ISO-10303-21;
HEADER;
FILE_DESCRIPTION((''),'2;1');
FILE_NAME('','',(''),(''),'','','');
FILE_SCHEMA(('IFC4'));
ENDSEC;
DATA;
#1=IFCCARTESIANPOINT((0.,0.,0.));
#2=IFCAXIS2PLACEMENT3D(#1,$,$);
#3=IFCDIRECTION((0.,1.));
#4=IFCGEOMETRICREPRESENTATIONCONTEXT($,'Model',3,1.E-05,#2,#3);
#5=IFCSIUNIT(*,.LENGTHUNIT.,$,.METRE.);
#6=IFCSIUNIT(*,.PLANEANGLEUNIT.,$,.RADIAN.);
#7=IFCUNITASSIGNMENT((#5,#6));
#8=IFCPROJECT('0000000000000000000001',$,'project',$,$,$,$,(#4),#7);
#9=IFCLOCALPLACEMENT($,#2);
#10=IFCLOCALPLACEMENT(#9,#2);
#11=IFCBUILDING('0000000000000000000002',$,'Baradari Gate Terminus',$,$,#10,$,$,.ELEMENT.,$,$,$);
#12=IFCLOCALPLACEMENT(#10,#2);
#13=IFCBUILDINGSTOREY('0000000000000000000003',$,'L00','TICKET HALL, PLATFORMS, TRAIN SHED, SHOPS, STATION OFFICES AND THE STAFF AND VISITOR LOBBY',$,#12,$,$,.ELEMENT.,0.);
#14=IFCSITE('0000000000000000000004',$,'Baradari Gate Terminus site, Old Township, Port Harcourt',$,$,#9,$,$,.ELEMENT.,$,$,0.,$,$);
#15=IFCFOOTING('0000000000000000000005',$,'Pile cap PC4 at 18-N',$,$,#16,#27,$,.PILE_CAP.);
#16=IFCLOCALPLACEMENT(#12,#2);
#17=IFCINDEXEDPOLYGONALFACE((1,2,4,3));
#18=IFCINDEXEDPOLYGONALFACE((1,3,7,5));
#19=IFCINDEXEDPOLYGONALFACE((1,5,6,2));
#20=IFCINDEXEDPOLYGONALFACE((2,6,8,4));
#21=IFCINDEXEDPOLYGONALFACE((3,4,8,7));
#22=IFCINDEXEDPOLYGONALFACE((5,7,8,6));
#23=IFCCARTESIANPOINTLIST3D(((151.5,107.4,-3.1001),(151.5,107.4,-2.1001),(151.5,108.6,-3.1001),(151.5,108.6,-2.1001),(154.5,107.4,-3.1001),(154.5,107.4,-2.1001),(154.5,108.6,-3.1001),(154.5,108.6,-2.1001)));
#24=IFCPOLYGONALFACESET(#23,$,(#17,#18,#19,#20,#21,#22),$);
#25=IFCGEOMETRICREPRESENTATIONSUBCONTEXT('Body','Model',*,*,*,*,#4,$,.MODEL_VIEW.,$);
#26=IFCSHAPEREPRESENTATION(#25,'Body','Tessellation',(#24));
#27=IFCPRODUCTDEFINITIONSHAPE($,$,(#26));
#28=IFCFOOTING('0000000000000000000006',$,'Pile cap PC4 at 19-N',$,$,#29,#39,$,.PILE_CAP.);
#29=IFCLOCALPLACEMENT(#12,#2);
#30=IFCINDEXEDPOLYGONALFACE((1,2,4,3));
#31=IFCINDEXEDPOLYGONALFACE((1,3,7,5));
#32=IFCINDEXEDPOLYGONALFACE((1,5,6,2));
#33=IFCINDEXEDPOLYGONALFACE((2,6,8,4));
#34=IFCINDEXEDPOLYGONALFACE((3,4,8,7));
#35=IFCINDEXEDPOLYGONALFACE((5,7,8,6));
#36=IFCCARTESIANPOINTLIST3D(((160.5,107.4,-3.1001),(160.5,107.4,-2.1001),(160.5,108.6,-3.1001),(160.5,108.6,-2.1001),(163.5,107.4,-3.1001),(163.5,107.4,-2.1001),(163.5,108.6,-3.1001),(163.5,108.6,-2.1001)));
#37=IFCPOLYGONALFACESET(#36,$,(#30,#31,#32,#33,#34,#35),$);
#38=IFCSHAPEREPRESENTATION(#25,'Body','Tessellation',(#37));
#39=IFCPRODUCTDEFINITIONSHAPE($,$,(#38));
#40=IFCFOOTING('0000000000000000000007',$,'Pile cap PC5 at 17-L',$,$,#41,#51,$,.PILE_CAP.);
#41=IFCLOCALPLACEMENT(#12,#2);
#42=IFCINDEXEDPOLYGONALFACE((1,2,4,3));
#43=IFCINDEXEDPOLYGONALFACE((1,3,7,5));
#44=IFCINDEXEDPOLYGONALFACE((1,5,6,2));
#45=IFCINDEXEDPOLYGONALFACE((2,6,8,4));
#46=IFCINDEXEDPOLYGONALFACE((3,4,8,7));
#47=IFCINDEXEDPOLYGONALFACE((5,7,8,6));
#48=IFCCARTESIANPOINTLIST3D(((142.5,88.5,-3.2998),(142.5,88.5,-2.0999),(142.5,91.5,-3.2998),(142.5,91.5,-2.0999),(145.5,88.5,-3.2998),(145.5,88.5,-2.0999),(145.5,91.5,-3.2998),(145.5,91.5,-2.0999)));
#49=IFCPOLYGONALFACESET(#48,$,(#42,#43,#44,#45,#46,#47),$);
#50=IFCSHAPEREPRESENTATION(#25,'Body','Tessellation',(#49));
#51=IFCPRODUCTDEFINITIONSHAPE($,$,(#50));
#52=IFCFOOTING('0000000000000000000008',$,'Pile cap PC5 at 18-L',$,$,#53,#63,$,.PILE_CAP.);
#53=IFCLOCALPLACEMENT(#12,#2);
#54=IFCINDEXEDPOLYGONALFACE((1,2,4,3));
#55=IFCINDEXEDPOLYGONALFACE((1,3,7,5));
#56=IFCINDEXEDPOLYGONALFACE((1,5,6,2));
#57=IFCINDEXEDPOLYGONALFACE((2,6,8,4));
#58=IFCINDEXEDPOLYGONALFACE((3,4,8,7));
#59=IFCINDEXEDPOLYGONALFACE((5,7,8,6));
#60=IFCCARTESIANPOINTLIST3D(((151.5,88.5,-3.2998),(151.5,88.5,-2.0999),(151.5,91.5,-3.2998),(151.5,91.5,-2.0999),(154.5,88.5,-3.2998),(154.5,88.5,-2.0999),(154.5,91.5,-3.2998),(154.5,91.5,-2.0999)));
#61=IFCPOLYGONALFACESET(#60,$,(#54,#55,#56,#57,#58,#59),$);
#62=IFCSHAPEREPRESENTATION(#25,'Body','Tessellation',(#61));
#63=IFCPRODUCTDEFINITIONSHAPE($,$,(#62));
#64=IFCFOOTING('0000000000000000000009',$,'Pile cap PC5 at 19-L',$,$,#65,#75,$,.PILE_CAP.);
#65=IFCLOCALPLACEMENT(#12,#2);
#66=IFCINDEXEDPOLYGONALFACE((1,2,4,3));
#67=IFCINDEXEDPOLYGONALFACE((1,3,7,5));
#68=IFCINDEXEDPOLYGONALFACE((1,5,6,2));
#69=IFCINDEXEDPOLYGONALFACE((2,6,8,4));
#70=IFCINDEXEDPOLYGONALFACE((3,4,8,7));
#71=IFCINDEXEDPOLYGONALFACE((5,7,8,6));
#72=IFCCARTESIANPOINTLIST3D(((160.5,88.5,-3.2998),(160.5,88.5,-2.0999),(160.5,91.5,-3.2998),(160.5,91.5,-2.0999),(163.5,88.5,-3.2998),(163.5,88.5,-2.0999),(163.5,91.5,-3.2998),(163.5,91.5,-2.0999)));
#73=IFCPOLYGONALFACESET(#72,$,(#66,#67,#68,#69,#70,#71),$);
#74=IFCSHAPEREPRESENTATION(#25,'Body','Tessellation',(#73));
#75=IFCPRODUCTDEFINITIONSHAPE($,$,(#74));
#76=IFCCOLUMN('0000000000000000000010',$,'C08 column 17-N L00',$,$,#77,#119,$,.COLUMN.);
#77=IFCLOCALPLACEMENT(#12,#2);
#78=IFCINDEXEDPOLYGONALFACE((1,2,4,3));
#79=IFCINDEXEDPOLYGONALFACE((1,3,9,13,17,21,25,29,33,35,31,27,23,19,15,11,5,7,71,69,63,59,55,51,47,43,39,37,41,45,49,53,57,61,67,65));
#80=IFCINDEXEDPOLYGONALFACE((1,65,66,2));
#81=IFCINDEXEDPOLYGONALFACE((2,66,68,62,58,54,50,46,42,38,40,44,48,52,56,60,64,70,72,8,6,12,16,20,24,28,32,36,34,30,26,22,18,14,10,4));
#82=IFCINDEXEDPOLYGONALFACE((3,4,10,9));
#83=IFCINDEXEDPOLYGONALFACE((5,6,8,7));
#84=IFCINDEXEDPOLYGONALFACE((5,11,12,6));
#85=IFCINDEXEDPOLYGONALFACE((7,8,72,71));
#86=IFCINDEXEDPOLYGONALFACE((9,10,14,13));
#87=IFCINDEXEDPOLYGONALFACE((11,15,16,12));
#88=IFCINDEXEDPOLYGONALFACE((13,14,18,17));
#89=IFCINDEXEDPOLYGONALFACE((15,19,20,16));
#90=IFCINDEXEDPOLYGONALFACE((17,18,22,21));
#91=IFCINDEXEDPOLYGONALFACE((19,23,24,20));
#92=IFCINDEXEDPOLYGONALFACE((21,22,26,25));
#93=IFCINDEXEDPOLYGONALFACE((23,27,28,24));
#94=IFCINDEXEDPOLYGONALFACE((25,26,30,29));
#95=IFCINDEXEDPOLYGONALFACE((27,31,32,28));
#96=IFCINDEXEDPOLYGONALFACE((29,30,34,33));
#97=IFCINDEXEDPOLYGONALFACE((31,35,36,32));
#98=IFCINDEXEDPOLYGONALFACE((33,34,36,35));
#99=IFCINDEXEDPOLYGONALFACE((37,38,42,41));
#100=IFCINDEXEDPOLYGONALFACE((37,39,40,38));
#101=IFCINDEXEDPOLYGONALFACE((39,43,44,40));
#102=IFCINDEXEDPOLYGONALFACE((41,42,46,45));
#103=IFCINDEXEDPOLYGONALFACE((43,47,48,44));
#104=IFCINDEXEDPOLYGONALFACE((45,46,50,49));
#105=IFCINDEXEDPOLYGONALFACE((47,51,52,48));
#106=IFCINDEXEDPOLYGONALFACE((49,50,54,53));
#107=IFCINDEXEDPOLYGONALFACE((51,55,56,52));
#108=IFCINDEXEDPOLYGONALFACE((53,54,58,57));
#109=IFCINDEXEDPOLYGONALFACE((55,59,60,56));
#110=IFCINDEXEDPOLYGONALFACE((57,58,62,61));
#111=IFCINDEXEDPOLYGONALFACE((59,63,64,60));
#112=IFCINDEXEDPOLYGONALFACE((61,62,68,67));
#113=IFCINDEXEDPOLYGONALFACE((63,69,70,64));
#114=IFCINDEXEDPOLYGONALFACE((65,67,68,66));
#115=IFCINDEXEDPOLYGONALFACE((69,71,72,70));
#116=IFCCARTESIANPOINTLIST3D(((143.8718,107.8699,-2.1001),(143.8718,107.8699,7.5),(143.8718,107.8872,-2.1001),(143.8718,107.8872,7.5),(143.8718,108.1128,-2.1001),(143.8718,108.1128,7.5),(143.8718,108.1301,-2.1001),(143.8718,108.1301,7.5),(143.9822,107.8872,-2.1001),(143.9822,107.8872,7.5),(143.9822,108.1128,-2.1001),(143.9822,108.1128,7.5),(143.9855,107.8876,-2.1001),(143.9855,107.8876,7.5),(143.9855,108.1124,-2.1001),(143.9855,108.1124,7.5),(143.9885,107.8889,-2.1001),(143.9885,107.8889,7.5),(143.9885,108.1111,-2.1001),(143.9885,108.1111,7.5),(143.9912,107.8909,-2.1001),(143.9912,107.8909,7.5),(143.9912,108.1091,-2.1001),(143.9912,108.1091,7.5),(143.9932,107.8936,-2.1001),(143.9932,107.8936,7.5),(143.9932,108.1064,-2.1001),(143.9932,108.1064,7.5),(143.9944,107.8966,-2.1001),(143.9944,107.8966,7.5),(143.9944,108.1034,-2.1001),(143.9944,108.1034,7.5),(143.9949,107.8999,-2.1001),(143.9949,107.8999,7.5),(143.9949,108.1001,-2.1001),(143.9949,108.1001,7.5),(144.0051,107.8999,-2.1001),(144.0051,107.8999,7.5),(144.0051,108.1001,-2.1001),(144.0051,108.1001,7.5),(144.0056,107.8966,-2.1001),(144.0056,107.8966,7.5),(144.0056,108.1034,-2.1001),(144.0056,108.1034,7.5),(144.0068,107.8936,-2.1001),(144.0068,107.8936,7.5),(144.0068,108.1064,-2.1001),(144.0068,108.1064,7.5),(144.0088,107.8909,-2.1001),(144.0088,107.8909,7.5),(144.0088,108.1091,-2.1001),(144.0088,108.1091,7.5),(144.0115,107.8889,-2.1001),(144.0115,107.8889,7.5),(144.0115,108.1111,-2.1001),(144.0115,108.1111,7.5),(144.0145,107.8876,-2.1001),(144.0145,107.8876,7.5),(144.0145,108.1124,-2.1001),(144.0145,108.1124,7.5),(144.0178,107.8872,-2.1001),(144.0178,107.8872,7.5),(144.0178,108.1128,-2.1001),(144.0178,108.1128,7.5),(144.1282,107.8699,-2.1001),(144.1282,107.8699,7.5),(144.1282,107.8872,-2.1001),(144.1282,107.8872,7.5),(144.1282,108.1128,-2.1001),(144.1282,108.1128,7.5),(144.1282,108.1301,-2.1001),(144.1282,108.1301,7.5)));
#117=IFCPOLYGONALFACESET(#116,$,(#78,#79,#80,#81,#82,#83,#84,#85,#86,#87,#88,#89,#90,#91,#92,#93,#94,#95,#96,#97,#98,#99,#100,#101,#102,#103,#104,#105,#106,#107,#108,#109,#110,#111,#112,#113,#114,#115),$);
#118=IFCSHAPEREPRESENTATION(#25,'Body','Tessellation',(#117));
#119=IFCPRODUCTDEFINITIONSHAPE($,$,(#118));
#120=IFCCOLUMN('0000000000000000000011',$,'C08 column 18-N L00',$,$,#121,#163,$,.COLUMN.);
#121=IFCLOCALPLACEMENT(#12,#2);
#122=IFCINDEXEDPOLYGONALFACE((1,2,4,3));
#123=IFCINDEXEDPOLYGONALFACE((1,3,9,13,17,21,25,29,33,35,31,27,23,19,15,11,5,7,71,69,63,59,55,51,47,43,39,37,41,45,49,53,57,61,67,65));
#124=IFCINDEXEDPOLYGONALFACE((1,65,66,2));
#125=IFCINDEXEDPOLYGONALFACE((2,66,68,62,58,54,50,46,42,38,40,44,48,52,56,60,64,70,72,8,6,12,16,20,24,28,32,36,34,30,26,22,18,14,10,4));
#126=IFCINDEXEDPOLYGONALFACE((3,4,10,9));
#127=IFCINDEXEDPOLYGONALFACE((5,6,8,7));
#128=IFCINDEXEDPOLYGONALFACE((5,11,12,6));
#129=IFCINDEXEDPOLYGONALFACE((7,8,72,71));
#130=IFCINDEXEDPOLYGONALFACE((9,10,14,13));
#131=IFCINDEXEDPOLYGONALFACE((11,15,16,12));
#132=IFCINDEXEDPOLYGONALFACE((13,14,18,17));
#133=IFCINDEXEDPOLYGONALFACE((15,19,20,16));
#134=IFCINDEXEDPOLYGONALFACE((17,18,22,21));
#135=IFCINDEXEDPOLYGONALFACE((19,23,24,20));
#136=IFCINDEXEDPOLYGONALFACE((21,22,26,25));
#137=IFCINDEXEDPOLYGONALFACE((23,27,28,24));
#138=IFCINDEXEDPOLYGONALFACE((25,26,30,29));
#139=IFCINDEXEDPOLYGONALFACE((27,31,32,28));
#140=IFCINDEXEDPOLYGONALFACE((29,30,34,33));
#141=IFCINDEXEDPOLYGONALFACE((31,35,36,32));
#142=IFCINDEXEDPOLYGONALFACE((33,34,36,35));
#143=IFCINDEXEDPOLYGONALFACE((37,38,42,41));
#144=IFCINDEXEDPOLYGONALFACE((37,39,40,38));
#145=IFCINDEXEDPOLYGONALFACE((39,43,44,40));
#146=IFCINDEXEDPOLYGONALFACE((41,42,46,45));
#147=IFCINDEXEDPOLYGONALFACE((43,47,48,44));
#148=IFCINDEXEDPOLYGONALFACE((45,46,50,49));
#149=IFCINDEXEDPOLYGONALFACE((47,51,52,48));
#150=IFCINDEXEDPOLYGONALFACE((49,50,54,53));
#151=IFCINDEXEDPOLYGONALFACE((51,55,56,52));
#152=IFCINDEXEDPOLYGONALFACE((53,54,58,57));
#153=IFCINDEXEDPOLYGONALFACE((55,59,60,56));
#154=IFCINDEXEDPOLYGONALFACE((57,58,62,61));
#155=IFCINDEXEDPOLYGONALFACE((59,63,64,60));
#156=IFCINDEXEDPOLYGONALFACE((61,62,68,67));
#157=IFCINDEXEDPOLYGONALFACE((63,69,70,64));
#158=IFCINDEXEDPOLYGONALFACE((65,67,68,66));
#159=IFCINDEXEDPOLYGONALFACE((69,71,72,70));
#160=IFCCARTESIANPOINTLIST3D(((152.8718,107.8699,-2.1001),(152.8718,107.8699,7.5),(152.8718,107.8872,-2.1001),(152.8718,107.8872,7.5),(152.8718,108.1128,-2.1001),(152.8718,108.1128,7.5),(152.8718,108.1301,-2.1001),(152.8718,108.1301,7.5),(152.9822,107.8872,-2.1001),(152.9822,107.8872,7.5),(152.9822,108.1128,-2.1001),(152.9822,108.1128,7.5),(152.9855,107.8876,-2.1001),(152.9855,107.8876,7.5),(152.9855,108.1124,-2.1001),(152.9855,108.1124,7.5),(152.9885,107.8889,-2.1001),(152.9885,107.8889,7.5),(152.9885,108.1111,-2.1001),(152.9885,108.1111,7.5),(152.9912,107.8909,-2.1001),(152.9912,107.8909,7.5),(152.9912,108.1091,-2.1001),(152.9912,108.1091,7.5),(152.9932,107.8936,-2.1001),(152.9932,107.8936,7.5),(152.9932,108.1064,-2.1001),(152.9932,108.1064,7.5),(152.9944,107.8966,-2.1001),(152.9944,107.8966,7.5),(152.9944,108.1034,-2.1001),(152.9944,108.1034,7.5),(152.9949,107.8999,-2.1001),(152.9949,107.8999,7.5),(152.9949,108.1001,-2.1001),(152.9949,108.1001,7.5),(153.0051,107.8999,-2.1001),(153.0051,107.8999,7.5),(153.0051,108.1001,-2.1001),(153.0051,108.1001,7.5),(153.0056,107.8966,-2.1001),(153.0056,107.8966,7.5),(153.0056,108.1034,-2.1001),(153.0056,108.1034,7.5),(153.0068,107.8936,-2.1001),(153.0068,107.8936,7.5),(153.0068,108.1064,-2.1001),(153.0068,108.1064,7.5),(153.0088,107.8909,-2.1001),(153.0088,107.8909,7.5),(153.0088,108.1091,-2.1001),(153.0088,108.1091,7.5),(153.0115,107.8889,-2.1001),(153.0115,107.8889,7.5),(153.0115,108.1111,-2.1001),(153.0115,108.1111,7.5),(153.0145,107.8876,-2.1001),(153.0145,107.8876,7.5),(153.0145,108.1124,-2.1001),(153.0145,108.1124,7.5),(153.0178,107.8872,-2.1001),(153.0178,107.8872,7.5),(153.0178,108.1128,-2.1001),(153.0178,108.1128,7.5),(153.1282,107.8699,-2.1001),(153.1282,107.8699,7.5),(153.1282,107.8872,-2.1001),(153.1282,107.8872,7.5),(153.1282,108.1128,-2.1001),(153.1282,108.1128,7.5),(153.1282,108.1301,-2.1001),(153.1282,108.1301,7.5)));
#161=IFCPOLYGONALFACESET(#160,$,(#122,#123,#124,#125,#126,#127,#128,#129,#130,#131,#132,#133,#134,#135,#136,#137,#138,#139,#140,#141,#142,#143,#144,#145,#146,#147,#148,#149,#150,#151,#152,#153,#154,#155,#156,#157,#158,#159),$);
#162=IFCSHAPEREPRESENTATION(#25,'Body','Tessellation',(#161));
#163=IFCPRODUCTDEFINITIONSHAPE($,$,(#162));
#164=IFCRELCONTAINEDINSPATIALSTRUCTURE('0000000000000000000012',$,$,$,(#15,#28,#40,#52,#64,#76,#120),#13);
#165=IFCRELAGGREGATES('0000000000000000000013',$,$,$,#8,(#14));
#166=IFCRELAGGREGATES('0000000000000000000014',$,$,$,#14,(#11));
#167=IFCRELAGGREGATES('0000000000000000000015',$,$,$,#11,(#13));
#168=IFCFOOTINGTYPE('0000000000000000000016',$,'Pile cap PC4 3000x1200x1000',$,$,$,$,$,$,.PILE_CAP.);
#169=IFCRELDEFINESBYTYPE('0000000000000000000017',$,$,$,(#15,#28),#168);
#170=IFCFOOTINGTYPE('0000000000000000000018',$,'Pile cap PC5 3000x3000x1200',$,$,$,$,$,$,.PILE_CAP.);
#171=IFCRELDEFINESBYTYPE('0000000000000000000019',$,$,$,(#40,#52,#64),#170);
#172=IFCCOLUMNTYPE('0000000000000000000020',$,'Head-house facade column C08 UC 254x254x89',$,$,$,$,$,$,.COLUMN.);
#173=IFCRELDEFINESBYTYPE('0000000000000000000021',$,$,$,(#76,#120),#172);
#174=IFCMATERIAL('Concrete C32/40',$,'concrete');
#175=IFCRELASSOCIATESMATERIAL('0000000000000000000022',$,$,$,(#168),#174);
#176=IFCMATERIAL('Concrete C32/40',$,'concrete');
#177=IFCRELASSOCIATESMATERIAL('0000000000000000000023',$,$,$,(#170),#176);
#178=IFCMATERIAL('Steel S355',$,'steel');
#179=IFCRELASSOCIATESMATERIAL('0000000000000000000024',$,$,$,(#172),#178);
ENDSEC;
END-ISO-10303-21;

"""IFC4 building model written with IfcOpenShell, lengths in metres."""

from ifc_helpers import new_model, si_unit, direction, frame, origin, origin_2d, place, context, subcontext, project, spatial, rectangle, i_section, extrude, material, material_profile, profile_set, type_object, element, save


model = new_model("IFC4")

# Units and contexts
model_context = context("Model", 3, precision=1e-05, world=origin(), true_north=direction((0.0, 1.0)))
body_context = subcontext(model_context, "Body", "Model", "MODEL_VIEW")
ifc_project = project(units=[si_unit("LENGTHUNIT", "METRE"), si_unit("PLANEANGLEUNIT", "RADIAN")], contexts=[model_context])

# Site, building, storey
site_placement = place(None, origin())
site = spatial("IfcSite", under=ifc_project, at=site_placement, Name="Baradari Gate Terminus site, Old Township, Port Harcourt", CompositionType="ELEMENT", RefElevation=0.0)
building_placement = place(site_placement, origin())
building = spatial("IfcBuilding", under=site, at=building_placement, Name="Baradari Gate Terminus", CompositionType="ELEMENT")
storey_placement = place(building_placement, origin())
storey = spatial("IfcBuildingStorey", under=building, at=storey_placement, Name="L00", Description="TICKET HALL, PLATFORMS, TRAIN SHED, SHOPS, STATION OFFICES AND THE STAFF AND VISITOR LOBBY", CompositionType="ELEMENT", Elevation=0.0)

# Footings
ifc_material_1 = material(Name="Concrete C32/40", Category="concrete")
footing_type_1 = type_object("IfcFootingType", Name="Pile cap PC4 3000x1200x1000", PredefinedType="PILE_CAP", material=ifc_material_1)
for number, where, z_axis, x_axis, name in (
    (1, (153.0, 108.0, -3.1001), (0.0, 0.0, 1.0), (1.0, 0.0, 0.0), "Pile cap PC4 at 18-N"),
    (2, (162.0, 108.0, -3.1001), (0.0, 0.0, 1.0), (1.0, 0.0, 0.0), "Pile cap PC4 at 19-N"),
):
    element("IfcFooting", number, at=place(storey_placement, frame(where, z_axis=z_axis, x_axis=x_axis)), inside=storey, type_object=footing_type_1, Name=name, PredefinedType="PILE_CAP", context=body_context, shape_type="SweptSolid", body=[
        extrude(rectangle(XDim=3.0, YDim=1.2, at=origin_2d()), origin(), (0.0, 0.0, 1.0), 1.0),
    ])
ifc_material_2 = material(Name="Concrete C32/40", Category="concrete")
footing_type_2 = type_object("IfcFootingType", Name="Pile cap PC5 3000x3000x1200", PredefinedType="PILE_CAP", material=ifc_material_2)
for number, where, z_axis, x_axis, name in (
    (3, (144.0, 90.0, -3.2998), (0.0, 0.0, 1.0), (1.0, 0.0, 0.0), "Pile cap PC5 at 17-L"),
    (4, (153.0, 90.0, -3.2998), (0.0, 0.0, 1.0), (1.0, 0.0, 0.0), "Pile cap PC5 at 18-L"),
    (5, (162.0, 90.0, -3.2998), (0.0, 0.0, 1.0), (1.0, 0.0, 0.0), "Pile cap PC5 at 19-L"),
):
    element("IfcFooting", number, at=place(storey_placement, frame(where, z_axis=z_axis, x_axis=x_axis)), inside=storey, type_object=footing_type_2, Name=name, PredefinedType="PILE_CAP", context=body_context, shape_type="SweptSolid", body=[
        extrude(rectangle(XDim=3.0, YDim=3.0, at=origin_2d()), origin(), (0.0, 0.0, 1.0), 1.2),
    ])

# Columns
ifc_material_3 = material(Name="Steel S355", Category="steel")
ifc_material_profile_1 = material_profile(ifc_material_3, i_section(OverallWidth=0.2563, OverallDepth=0.2603, WebThickness=0.0103, FlangeThickness=0.0173, FilletRadius=0.0127, at=origin_2d()), Name="UC 254x254x89")
ifc_profile_set_1 = profile_set([ifc_material_profile_1], Name="Steel S355")
column_type_1 = type_object("IfcColumnType", Name="Head-house facade column C08 UC 254x254x89", PredefinedType="COLUMN", material=ifc_profile_set_1)
for number, where, z_axis, x_axis, name in (
    (6, (144.0, 108.0, -2.1001), (0.0, 0.0, 1.0), (1.0, 0.0, 0.0), "C08 column 17-N L00"),
    (7, (153.0, 108.0, -2.1001), (0.0, 0.0, 1.0), (1.0, 0.0, 0.0), "C08 column 18-N L00"),
):
    element("IfcColumn", number, at=place(storey_placement, frame(where, z_axis=z_axis, x_axis=x_axis)), inside=storey, type_object=column_type_1, Name=name, PredefinedType="COLUMN", context=body_context, shape_type="SweptSolid", body=[
        extrude(i_section(OverallWidth=0.2563, OverallDepth=0.2603, WebThickness=0.0103, FlangeThickness=0.0173, FilletRadius=0.0127, at=origin_2d()), origin(), (0.0, 0.0, 1.0), 9.6001),
    ])

save(model, "model.ifc")
